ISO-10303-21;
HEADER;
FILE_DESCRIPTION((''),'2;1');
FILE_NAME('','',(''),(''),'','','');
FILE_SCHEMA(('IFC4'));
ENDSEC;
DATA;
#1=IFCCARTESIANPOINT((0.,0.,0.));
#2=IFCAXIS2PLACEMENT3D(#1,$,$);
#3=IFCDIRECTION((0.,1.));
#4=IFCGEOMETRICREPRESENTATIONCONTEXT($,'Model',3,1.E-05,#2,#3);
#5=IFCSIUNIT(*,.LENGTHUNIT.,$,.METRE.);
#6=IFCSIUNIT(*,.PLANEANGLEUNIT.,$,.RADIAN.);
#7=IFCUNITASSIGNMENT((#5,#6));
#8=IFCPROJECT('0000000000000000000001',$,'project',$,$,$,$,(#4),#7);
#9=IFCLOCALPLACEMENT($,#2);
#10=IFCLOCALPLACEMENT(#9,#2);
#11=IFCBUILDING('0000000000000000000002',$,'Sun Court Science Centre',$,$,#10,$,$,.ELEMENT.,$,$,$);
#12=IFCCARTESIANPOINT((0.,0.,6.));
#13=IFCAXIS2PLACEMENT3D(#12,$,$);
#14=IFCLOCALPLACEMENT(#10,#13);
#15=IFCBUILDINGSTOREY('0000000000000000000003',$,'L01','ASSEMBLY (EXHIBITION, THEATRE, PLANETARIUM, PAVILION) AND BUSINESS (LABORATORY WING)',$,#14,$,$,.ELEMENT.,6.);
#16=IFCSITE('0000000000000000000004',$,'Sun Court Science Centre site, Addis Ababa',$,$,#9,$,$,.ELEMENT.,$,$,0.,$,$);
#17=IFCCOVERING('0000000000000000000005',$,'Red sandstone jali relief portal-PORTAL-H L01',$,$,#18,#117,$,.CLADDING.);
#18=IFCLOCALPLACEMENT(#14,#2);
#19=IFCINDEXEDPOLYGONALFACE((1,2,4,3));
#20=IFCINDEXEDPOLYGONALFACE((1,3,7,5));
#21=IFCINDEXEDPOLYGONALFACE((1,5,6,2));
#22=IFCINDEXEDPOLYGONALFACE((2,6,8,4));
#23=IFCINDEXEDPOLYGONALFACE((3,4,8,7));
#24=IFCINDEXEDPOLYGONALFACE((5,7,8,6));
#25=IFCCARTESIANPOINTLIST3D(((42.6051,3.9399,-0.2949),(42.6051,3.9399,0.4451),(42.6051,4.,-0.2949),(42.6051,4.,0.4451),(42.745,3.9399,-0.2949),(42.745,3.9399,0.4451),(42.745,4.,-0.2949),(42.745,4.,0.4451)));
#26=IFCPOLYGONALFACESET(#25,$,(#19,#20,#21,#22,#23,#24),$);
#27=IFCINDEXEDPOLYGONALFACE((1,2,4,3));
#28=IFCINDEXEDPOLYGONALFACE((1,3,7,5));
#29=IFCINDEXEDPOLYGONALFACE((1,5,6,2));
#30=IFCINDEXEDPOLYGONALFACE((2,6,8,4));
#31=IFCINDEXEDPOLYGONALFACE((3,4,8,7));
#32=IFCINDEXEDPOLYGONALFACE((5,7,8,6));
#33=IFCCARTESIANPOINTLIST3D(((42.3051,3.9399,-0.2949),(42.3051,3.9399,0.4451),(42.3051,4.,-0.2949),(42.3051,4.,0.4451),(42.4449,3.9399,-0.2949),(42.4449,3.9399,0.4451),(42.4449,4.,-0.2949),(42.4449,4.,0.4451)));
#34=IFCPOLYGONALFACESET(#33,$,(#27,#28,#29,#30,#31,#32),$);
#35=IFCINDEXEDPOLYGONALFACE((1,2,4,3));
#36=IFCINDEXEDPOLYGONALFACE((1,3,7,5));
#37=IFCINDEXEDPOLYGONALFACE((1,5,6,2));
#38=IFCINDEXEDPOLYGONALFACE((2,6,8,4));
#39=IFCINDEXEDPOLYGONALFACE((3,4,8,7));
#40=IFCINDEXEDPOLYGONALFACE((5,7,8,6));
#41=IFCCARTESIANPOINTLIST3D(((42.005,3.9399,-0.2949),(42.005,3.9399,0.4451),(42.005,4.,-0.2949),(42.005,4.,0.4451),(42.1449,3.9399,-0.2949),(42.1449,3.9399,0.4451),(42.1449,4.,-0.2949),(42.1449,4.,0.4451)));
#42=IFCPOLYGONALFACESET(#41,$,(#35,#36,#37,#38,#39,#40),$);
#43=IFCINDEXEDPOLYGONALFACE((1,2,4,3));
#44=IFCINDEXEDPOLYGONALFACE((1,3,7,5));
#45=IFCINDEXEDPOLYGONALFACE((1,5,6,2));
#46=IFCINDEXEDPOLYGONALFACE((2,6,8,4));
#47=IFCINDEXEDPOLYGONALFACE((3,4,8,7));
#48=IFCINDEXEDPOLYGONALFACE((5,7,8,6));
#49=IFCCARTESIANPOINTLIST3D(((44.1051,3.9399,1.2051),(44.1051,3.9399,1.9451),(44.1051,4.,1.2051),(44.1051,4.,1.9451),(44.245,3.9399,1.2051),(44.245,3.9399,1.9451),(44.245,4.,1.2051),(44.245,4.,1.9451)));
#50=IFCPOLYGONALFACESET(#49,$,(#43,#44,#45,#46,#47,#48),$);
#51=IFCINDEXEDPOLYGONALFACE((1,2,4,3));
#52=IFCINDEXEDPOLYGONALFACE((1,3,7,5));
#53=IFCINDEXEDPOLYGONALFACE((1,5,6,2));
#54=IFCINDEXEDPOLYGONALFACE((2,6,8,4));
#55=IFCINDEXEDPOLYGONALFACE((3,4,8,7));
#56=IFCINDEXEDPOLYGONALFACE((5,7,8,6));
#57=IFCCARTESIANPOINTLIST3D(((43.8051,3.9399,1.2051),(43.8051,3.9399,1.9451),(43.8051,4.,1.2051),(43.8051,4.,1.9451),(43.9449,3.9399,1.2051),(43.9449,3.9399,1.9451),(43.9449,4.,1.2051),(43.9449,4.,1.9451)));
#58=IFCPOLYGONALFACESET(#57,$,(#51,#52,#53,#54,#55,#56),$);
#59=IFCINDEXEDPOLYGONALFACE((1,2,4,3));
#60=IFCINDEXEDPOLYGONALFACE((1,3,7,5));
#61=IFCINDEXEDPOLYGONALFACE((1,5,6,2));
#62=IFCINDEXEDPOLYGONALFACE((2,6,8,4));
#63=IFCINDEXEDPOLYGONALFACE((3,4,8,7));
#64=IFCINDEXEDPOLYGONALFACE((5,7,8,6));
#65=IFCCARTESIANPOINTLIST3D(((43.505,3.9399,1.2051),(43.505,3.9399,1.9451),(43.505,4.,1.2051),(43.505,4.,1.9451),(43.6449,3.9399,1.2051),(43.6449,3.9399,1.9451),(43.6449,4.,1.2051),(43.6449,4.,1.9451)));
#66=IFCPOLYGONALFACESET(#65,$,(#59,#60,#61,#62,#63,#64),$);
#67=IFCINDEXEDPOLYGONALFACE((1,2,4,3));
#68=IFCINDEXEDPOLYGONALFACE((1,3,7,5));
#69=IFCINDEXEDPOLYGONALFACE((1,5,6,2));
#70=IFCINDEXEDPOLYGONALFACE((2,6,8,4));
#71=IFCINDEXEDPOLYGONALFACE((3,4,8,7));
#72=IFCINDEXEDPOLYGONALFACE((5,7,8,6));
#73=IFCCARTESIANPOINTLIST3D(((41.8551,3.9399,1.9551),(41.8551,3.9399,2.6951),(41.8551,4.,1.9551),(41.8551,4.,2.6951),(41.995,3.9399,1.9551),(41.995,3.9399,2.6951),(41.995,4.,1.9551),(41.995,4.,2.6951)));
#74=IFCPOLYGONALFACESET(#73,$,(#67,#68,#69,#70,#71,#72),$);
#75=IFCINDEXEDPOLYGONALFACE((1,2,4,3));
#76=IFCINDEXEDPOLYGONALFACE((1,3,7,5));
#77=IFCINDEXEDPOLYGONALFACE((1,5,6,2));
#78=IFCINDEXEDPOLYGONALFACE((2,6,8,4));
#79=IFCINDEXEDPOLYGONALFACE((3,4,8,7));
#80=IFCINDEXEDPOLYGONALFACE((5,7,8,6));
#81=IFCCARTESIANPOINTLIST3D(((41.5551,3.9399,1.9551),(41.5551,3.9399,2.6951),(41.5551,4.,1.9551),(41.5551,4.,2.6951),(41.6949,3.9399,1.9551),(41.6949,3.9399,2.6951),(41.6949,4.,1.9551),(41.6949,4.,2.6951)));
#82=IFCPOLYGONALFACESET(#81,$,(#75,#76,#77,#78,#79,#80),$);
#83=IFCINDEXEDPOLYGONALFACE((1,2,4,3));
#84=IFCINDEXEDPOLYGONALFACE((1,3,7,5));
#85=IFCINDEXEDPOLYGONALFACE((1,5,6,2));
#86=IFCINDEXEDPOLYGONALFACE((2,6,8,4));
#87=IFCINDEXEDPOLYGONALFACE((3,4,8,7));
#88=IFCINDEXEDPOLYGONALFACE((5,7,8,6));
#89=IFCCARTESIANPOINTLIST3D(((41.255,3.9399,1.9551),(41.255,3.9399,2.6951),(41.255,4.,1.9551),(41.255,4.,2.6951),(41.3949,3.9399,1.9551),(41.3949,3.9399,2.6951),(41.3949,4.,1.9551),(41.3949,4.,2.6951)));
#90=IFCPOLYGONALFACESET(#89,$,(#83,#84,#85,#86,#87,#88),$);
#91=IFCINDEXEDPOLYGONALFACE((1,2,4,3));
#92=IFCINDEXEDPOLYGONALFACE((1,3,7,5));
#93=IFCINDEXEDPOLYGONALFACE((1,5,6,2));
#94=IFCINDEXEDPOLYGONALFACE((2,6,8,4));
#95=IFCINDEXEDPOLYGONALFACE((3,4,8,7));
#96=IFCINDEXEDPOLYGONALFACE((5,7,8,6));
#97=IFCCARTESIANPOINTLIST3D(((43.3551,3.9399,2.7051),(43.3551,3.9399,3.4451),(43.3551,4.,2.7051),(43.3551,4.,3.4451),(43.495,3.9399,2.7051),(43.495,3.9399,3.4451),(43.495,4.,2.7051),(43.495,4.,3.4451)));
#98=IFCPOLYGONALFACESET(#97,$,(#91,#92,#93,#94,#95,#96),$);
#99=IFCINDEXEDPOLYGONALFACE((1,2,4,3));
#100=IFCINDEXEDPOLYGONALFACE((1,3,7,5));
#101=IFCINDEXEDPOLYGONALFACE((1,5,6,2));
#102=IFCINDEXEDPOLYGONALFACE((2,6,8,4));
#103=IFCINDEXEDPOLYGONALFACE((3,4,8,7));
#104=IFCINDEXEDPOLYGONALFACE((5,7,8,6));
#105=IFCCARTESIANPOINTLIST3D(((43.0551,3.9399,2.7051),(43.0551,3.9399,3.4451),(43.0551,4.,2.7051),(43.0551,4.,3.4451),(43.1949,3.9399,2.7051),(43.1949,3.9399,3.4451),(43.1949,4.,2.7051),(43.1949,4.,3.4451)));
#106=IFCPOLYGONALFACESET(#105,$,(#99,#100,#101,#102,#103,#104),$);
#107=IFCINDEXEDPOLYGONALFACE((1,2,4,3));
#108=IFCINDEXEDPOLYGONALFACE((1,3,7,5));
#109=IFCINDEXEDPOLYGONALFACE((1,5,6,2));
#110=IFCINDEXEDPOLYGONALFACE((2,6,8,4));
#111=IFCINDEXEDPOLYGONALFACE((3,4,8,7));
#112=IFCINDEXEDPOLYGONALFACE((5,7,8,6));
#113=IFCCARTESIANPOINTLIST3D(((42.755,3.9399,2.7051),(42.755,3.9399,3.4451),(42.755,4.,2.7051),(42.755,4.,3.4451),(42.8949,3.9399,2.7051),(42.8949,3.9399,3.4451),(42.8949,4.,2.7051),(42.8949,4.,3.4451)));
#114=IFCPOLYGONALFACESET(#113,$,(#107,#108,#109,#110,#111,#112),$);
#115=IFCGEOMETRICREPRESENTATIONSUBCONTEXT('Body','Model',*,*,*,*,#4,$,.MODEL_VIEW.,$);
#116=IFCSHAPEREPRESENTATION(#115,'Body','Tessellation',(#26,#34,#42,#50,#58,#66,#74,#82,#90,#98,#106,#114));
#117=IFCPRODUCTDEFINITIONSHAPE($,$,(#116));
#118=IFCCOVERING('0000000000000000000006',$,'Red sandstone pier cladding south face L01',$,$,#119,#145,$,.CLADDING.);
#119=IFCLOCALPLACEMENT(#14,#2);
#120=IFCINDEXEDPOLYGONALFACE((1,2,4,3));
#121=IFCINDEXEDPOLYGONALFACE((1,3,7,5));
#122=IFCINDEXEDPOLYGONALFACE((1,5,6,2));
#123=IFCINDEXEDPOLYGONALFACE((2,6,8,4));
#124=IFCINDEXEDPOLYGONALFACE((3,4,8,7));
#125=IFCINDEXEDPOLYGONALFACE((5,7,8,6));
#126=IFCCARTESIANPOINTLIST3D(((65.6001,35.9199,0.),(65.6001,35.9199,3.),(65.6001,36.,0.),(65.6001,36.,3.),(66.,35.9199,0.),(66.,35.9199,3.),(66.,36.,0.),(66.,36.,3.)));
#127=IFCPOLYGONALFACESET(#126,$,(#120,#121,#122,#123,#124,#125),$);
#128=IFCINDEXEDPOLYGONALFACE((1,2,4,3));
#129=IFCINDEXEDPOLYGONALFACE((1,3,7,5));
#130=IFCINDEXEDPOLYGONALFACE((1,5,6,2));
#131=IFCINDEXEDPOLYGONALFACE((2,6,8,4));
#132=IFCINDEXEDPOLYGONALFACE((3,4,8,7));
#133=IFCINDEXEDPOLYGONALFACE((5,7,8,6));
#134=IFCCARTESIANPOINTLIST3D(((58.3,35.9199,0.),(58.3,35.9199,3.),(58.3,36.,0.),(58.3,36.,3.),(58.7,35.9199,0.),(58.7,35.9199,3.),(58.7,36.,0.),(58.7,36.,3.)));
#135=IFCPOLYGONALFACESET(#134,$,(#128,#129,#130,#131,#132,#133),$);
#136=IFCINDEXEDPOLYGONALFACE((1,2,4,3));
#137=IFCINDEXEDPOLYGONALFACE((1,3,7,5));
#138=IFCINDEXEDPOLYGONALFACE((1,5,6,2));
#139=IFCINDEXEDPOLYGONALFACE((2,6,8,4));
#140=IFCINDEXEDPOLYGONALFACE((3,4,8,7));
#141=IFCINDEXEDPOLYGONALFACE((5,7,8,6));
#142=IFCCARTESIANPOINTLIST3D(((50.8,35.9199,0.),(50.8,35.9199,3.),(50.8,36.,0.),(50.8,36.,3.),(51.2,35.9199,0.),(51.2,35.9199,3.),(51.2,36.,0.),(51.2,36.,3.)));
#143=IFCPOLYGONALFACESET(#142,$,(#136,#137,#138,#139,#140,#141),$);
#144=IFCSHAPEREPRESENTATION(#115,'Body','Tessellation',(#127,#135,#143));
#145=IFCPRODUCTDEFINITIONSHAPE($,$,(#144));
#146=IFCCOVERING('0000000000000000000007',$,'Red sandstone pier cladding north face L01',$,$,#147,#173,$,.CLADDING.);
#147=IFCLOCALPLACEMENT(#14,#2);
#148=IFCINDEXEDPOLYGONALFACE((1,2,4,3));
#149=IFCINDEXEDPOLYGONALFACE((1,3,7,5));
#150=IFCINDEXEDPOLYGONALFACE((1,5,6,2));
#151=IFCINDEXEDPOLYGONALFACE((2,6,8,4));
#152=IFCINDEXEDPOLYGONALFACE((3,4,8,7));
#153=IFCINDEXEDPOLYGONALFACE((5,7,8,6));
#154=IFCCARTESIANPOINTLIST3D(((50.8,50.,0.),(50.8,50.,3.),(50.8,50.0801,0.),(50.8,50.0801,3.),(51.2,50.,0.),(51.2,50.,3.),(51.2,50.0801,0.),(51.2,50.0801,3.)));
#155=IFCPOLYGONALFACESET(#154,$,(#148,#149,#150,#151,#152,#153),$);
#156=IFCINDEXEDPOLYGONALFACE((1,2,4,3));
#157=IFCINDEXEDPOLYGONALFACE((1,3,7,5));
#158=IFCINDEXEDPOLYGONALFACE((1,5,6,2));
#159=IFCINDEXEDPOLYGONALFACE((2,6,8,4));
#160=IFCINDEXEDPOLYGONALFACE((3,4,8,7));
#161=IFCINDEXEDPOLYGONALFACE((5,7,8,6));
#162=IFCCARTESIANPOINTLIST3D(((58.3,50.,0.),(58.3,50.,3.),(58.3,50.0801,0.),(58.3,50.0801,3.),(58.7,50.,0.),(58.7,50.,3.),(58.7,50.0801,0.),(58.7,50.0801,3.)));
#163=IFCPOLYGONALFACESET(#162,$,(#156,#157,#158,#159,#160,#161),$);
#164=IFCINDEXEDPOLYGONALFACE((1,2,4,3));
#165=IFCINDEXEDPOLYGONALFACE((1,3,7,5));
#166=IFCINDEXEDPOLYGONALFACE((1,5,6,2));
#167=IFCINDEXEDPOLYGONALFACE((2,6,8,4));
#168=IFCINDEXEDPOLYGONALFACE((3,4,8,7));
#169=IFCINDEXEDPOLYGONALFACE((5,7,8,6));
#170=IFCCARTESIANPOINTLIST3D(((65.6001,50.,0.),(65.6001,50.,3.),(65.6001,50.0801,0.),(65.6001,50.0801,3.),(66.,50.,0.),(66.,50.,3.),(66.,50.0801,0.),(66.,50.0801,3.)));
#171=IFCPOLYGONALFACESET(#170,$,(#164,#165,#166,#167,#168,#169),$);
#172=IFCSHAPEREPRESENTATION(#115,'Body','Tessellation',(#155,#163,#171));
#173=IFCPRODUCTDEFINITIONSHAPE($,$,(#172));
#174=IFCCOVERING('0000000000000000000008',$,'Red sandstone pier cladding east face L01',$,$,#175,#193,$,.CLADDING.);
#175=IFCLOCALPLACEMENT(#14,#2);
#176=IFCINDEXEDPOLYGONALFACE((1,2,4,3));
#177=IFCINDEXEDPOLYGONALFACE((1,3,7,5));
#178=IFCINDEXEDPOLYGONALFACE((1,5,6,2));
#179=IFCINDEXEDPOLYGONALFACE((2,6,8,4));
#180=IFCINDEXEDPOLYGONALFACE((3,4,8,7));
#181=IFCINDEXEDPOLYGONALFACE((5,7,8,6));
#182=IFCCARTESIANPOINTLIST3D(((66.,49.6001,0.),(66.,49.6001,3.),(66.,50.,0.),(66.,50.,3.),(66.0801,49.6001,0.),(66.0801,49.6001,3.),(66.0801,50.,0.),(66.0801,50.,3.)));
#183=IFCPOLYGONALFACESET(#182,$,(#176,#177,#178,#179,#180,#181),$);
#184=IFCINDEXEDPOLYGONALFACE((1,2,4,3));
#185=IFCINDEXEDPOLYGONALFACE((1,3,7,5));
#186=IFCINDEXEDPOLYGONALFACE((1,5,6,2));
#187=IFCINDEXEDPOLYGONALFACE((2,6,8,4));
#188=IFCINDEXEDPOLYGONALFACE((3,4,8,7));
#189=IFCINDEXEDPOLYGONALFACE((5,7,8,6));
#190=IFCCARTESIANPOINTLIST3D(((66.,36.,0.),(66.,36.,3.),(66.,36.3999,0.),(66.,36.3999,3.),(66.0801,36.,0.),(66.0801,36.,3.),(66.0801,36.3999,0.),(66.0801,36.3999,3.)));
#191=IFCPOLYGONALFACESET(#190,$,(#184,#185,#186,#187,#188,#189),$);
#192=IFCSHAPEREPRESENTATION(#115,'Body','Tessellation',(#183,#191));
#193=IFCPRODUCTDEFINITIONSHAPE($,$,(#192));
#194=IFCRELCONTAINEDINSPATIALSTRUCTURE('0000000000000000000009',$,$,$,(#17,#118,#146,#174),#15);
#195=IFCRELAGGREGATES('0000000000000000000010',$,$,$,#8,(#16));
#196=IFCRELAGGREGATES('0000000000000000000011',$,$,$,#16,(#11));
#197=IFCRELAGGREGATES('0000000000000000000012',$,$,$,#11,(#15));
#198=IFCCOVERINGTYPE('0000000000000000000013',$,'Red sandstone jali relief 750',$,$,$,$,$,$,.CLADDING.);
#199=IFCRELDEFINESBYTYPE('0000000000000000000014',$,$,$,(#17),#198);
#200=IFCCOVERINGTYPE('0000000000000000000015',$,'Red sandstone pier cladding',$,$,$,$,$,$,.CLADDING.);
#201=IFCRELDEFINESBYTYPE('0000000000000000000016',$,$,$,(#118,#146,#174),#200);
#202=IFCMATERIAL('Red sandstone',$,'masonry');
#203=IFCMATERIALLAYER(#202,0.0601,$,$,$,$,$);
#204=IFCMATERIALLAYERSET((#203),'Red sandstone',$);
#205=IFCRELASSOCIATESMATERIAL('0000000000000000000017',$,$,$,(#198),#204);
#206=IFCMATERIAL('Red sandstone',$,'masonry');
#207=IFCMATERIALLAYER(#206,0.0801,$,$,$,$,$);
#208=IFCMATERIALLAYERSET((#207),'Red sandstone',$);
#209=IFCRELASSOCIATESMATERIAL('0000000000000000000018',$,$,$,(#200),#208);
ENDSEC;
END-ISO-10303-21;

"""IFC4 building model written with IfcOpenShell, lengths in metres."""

from ifc_helpers import new_model, si_unit, direction, frame, origin, origin_2d, place, context, subcontext, project, spatial, rectangle, extrude, material, layer, layer_set, type_object, element, save


model = new_model("IFC4")

# Units and contexts
model_context = context("Model", 3, precision=1e-05, world=origin(), true_north=direction((0.0, 1.0)))
body_context = subcontext(model_context, "Body", "Model", "MODEL_VIEW")
ifc_project = project(units=[si_unit("LENGTHUNIT", "METRE"), si_unit("PLANEANGLEUNIT", "RADIAN")], contexts=[model_context])

# Site, building, storey
site_placement = place(None, origin())
site = spatial("IfcSite", under=ifc_project, at=site_placement, Name="Sun Court Science Centre site, Addis Ababa", CompositionType="ELEMENT", RefElevation=0.0)
building_placement = place(site_placement, origin())
building = spatial("IfcBuilding", under=site, at=building_placement, Name="Sun Court Science Centre", CompositionType="ELEMENT")
storey_placement = place(building_placement, frame((0.0, 0.0, 6.0)))
storey = spatial("IfcBuildingStorey", under=building, at=storey_placement, Name="L01", Description="ASSEMBLY (EXHIBITION, THEATRE, PLANETARIUM, PAVILION) AND BUSINESS (LABORATORY WING)", CompositionType="ELEMENT", Elevation=6.0)

# Coverings
ifc_material_1 = material(Name="Red sandstone", Category="masonry")
ifc_layer_1 = layer(ifc_material_1, 0.0601)
ifc_layer_set_1 = layer_set([ifc_layer_1], Name="Red sandstone")
covering_type_1 = type_object("IfcCoveringType", Name="Red sandstone jali relief 750", PredefinedType="CLADDING", material=ifc_layer_set_1)
covering_1_placement = place(storey_placement, frame((0.0, 0.0, -6.0)))
element("IfcCovering", 1, at=covering_1_placement, inside=storey, type_object=covering_type_1, Name="Red sandstone jali relief portal-PORTAL-H L01", PredefinedType="CLADDING", context=body_context, shape_type="SweptSolid", body=[
    extrude(rectangle(XDim=0.1399, YDim=0.0601, at=origin_2d()), frame((42.675, 3.97, 5.7051), z_axis=(0.0, 0.0, 1.0), x_axis=(-1.0, 0.0, 0.0)), (0.0, 0.0, 1.0), 0.74),
    extrude(rectangle(XDim=0.1399, YDim=0.0601, at=origin_2d()), frame((42.375, 3.97, 5.7051), z_axis=(0.0, 0.0, 1.0), x_axis=(-1.0, 0.0, 0.0)), (0.0, 0.0, 1.0), 0.74),
    extrude(rectangle(XDim=0.1399, YDim=0.0601, at=origin_2d()), frame((42.075, 3.97, 5.7051), z_axis=(0.0, 0.0, 1.0), x_axis=(-1.0, 0.0, 0.0)), (0.0, 0.0, 1.0), 0.74),
    extrude(rectangle(XDim=0.1399, YDim=0.0601, at=origin_2d()), frame((44.175, 3.97, 7.2051), z_axis=(0.0, 0.0, 1.0), x_axis=(-1.0, 0.0, 0.0)), (0.0, 0.0, 1.0), 0.74),
    extrude(rectangle(XDim=0.1399, YDim=0.0601, at=origin_2d()), frame((43.875, 3.97, 7.2051), z_axis=(0.0, 0.0, 1.0), x_axis=(-1.0, 0.0, 0.0)), (0.0, 0.0, 1.0), 0.74),
    extrude(rectangle(XDim=0.1399, YDim=0.0601, at=origin_2d()), frame((43.575, 3.97, 7.2051), z_axis=(0.0, 0.0, 1.0), x_axis=(-1.0, 0.0, 0.0)), (0.0, 0.0, 1.0), 0.74),
    extrude(rectangle(XDim=0.1399, YDim=0.0601, at=origin_2d()), frame((41.925, 3.97, 7.9551), z_axis=(0.0, 0.0, 1.0), x_axis=(-1.0, 0.0, 0.0)), (0.0, 0.0, 1.0), 0.74),
    extrude(rectangle(XDim=0.1399, YDim=0.0601, at=origin_2d()), frame((41.625, 3.97, 7.9551), z_axis=(0.0, 0.0, 1.0), x_axis=(-1.0, 0.0, 0.0)), (0.0, 0.0, 1.0), 0.74),
    extrude(rectangle(XDim=0.1399, YDim=0.0601, at=origin_2d()), frame((41.325, 3.97, 7.9551), z_axis=(0.0, 0.0, 1.0), x_axis=(-1.0, 0.0, 0.0)), (0.0, 0.0, 1.0), 0.74),
    extrude(rectangle(XDim=0.1399, YDim=0.0601, at=origin_2d()), frame((43.425, 3.97, 8.7051), z_axis=(0.0, 0.0, 1.0), x_axis=(-1.0, 0.0, 0.0)), (0.0, 0.0, 1.0), 0.74),
    extrude(rectangle(XDim=0.1399, YDim=0.0601, at=origin_2d()), frame((43.125, 3.97, 8.7051), z_axis=(0.0, 0.0, 1.0), x_axis=(-1.0, 0.0, 0.0)), (0.0, 0.0, 1.0), 0.74),
    extrude(rectangle(XDim=0.1399, YDim=0.0601, at=origin_2d()), frame((42.825, 3.97, 8.7051), z_axis=(0.0, 0.0, 1.0), x_axis=(-1.0, 0.0, 0.0)), (0.0, 0.0, 1.0), 0.74),
])
ifc_material_2 = material(Name="Red sandstone", Category="masonry")
ifc_layer_2 = layer(ifc_material_2, 0.0801)
ifc_layer_set_2 = layer_set([ifc_layer_2], Name="Red sandstone")
covering_type_2 = type_object("IfcCoveringType", Name="Red sandstone pier cladding", PredefinedType="CLADDING", material=ifc_layer_set_2)
covering_2_placement = place(storey_placement, frame((0.0, 0.0, -6.0)))
element("IfcCovering", 2, at=covering_2_placement, inside=storey, type_object=covering_type_2, Name="Red sandstone pier cladding south face L01", PredefinedType="CLADDING", context=body_context, shape_type="SweptSolid", body=[
    extrude(rectangle(XDim=0.3999, YDim=0.0801, at=origin_2d()), frame((65.8, 35.96, 6.0), z_axis=(0.0, 0.0, 1.0), x_axis=(-1.0, 0.0, 0.0)), (0.0, 0.0, 1.0), 3.0),
    extrude(rectangle(XDim=0.3999, YDim=0.0801, at=origin_2d()), frame((58.5, 35.96, 6.0), z_axis=(0.0, 0.0, 1.0), x_axis=(-1.0, 0.0, 0.0)), (0.0, 0.0, 1.0), 3.0),
    extrude(rectangle(XDim=0.3999, YDim=0.0801, at=origin_2d()), frame((51.0, 35.96, 6.0), z_axis=(0.0, 0.0, 1.0), x_axis=(-1.0, 0.0, 0.0)), (0.0, 0.0, 1.0), 3.0),
])
covering_3_placement = place(storey_placement, frame((0.0, 0.0, -6.0)))
element("IfcCovering", 3, at=covering_3_placement, inside=storey, type_object=covering_type_2, Name="Red sandstone pier cladding north face L01", PredefinedType="CLADDING", context=body_context, shape_type="SweptSolid", body=[
    extrude(rectangle(XDim=0.3999, YDim=0.0801, at=origin_2d()), frame((51.0, 50.04, 6.0), z_axis=(0.0, 0.0, 1.0), x_axis=(1.0, 0.0, 0.0)), (0.0, 0.0, 1.0), 3.0),
    extrude(rectangle(XDim=0.3999, YDim=0.0801, at=origin_2d()), frame((58.5, 50.04, 6.0), z_axis=(0.0, 0.0, 1.0), x_axis=(1.0, 0.0, 0.0)), (0.0, 0.0, 1.0), 3.0),
    extrude(rectangle(XDim=0.3999, YDim=0.0801, at=origin_2d()), frame((65.8, 50.04, 6.0), z_axis=(0.0, 0.0, 1.0), x_axis=(1.0, 0.0, 0.0)), (0.0, 0.0, 1.0), 3.0),
])
covering_4_placement = place(storey_placement, frame((0.0, 0.0, -6.0)))
element("IfcCovering", 4, at=covering_4_placement, inside=storey, type_object=covering_type_2, Name="Red sandstone pier cladding east face L01", PredefinedType="CLADDING", context=body_context, shape_type="SweptSolid", body=[
    extrude(rectangle(XDim=0.3999, YDim=0.0801, at=origin_2d()), frame((66.04, 49.8, 6.0), z_axis=(0.0, 0.0, 1.0), x_axis=(0.0, -1.0, 0.0)), (0.0, 0.0, 1.0), 3.0),
    extrude(rectangle(XDim=0.3999, YDim=0.0801, at=origin_2d()), frame((66.04, 36.2, 6.0), z_axis=(0.0, 0.0, 1.0), x_axis=(0.0, -1.0, 0.0)), (0.0, 0.0, 1.0), 3.0),
])

save(model, "model.ifc")
